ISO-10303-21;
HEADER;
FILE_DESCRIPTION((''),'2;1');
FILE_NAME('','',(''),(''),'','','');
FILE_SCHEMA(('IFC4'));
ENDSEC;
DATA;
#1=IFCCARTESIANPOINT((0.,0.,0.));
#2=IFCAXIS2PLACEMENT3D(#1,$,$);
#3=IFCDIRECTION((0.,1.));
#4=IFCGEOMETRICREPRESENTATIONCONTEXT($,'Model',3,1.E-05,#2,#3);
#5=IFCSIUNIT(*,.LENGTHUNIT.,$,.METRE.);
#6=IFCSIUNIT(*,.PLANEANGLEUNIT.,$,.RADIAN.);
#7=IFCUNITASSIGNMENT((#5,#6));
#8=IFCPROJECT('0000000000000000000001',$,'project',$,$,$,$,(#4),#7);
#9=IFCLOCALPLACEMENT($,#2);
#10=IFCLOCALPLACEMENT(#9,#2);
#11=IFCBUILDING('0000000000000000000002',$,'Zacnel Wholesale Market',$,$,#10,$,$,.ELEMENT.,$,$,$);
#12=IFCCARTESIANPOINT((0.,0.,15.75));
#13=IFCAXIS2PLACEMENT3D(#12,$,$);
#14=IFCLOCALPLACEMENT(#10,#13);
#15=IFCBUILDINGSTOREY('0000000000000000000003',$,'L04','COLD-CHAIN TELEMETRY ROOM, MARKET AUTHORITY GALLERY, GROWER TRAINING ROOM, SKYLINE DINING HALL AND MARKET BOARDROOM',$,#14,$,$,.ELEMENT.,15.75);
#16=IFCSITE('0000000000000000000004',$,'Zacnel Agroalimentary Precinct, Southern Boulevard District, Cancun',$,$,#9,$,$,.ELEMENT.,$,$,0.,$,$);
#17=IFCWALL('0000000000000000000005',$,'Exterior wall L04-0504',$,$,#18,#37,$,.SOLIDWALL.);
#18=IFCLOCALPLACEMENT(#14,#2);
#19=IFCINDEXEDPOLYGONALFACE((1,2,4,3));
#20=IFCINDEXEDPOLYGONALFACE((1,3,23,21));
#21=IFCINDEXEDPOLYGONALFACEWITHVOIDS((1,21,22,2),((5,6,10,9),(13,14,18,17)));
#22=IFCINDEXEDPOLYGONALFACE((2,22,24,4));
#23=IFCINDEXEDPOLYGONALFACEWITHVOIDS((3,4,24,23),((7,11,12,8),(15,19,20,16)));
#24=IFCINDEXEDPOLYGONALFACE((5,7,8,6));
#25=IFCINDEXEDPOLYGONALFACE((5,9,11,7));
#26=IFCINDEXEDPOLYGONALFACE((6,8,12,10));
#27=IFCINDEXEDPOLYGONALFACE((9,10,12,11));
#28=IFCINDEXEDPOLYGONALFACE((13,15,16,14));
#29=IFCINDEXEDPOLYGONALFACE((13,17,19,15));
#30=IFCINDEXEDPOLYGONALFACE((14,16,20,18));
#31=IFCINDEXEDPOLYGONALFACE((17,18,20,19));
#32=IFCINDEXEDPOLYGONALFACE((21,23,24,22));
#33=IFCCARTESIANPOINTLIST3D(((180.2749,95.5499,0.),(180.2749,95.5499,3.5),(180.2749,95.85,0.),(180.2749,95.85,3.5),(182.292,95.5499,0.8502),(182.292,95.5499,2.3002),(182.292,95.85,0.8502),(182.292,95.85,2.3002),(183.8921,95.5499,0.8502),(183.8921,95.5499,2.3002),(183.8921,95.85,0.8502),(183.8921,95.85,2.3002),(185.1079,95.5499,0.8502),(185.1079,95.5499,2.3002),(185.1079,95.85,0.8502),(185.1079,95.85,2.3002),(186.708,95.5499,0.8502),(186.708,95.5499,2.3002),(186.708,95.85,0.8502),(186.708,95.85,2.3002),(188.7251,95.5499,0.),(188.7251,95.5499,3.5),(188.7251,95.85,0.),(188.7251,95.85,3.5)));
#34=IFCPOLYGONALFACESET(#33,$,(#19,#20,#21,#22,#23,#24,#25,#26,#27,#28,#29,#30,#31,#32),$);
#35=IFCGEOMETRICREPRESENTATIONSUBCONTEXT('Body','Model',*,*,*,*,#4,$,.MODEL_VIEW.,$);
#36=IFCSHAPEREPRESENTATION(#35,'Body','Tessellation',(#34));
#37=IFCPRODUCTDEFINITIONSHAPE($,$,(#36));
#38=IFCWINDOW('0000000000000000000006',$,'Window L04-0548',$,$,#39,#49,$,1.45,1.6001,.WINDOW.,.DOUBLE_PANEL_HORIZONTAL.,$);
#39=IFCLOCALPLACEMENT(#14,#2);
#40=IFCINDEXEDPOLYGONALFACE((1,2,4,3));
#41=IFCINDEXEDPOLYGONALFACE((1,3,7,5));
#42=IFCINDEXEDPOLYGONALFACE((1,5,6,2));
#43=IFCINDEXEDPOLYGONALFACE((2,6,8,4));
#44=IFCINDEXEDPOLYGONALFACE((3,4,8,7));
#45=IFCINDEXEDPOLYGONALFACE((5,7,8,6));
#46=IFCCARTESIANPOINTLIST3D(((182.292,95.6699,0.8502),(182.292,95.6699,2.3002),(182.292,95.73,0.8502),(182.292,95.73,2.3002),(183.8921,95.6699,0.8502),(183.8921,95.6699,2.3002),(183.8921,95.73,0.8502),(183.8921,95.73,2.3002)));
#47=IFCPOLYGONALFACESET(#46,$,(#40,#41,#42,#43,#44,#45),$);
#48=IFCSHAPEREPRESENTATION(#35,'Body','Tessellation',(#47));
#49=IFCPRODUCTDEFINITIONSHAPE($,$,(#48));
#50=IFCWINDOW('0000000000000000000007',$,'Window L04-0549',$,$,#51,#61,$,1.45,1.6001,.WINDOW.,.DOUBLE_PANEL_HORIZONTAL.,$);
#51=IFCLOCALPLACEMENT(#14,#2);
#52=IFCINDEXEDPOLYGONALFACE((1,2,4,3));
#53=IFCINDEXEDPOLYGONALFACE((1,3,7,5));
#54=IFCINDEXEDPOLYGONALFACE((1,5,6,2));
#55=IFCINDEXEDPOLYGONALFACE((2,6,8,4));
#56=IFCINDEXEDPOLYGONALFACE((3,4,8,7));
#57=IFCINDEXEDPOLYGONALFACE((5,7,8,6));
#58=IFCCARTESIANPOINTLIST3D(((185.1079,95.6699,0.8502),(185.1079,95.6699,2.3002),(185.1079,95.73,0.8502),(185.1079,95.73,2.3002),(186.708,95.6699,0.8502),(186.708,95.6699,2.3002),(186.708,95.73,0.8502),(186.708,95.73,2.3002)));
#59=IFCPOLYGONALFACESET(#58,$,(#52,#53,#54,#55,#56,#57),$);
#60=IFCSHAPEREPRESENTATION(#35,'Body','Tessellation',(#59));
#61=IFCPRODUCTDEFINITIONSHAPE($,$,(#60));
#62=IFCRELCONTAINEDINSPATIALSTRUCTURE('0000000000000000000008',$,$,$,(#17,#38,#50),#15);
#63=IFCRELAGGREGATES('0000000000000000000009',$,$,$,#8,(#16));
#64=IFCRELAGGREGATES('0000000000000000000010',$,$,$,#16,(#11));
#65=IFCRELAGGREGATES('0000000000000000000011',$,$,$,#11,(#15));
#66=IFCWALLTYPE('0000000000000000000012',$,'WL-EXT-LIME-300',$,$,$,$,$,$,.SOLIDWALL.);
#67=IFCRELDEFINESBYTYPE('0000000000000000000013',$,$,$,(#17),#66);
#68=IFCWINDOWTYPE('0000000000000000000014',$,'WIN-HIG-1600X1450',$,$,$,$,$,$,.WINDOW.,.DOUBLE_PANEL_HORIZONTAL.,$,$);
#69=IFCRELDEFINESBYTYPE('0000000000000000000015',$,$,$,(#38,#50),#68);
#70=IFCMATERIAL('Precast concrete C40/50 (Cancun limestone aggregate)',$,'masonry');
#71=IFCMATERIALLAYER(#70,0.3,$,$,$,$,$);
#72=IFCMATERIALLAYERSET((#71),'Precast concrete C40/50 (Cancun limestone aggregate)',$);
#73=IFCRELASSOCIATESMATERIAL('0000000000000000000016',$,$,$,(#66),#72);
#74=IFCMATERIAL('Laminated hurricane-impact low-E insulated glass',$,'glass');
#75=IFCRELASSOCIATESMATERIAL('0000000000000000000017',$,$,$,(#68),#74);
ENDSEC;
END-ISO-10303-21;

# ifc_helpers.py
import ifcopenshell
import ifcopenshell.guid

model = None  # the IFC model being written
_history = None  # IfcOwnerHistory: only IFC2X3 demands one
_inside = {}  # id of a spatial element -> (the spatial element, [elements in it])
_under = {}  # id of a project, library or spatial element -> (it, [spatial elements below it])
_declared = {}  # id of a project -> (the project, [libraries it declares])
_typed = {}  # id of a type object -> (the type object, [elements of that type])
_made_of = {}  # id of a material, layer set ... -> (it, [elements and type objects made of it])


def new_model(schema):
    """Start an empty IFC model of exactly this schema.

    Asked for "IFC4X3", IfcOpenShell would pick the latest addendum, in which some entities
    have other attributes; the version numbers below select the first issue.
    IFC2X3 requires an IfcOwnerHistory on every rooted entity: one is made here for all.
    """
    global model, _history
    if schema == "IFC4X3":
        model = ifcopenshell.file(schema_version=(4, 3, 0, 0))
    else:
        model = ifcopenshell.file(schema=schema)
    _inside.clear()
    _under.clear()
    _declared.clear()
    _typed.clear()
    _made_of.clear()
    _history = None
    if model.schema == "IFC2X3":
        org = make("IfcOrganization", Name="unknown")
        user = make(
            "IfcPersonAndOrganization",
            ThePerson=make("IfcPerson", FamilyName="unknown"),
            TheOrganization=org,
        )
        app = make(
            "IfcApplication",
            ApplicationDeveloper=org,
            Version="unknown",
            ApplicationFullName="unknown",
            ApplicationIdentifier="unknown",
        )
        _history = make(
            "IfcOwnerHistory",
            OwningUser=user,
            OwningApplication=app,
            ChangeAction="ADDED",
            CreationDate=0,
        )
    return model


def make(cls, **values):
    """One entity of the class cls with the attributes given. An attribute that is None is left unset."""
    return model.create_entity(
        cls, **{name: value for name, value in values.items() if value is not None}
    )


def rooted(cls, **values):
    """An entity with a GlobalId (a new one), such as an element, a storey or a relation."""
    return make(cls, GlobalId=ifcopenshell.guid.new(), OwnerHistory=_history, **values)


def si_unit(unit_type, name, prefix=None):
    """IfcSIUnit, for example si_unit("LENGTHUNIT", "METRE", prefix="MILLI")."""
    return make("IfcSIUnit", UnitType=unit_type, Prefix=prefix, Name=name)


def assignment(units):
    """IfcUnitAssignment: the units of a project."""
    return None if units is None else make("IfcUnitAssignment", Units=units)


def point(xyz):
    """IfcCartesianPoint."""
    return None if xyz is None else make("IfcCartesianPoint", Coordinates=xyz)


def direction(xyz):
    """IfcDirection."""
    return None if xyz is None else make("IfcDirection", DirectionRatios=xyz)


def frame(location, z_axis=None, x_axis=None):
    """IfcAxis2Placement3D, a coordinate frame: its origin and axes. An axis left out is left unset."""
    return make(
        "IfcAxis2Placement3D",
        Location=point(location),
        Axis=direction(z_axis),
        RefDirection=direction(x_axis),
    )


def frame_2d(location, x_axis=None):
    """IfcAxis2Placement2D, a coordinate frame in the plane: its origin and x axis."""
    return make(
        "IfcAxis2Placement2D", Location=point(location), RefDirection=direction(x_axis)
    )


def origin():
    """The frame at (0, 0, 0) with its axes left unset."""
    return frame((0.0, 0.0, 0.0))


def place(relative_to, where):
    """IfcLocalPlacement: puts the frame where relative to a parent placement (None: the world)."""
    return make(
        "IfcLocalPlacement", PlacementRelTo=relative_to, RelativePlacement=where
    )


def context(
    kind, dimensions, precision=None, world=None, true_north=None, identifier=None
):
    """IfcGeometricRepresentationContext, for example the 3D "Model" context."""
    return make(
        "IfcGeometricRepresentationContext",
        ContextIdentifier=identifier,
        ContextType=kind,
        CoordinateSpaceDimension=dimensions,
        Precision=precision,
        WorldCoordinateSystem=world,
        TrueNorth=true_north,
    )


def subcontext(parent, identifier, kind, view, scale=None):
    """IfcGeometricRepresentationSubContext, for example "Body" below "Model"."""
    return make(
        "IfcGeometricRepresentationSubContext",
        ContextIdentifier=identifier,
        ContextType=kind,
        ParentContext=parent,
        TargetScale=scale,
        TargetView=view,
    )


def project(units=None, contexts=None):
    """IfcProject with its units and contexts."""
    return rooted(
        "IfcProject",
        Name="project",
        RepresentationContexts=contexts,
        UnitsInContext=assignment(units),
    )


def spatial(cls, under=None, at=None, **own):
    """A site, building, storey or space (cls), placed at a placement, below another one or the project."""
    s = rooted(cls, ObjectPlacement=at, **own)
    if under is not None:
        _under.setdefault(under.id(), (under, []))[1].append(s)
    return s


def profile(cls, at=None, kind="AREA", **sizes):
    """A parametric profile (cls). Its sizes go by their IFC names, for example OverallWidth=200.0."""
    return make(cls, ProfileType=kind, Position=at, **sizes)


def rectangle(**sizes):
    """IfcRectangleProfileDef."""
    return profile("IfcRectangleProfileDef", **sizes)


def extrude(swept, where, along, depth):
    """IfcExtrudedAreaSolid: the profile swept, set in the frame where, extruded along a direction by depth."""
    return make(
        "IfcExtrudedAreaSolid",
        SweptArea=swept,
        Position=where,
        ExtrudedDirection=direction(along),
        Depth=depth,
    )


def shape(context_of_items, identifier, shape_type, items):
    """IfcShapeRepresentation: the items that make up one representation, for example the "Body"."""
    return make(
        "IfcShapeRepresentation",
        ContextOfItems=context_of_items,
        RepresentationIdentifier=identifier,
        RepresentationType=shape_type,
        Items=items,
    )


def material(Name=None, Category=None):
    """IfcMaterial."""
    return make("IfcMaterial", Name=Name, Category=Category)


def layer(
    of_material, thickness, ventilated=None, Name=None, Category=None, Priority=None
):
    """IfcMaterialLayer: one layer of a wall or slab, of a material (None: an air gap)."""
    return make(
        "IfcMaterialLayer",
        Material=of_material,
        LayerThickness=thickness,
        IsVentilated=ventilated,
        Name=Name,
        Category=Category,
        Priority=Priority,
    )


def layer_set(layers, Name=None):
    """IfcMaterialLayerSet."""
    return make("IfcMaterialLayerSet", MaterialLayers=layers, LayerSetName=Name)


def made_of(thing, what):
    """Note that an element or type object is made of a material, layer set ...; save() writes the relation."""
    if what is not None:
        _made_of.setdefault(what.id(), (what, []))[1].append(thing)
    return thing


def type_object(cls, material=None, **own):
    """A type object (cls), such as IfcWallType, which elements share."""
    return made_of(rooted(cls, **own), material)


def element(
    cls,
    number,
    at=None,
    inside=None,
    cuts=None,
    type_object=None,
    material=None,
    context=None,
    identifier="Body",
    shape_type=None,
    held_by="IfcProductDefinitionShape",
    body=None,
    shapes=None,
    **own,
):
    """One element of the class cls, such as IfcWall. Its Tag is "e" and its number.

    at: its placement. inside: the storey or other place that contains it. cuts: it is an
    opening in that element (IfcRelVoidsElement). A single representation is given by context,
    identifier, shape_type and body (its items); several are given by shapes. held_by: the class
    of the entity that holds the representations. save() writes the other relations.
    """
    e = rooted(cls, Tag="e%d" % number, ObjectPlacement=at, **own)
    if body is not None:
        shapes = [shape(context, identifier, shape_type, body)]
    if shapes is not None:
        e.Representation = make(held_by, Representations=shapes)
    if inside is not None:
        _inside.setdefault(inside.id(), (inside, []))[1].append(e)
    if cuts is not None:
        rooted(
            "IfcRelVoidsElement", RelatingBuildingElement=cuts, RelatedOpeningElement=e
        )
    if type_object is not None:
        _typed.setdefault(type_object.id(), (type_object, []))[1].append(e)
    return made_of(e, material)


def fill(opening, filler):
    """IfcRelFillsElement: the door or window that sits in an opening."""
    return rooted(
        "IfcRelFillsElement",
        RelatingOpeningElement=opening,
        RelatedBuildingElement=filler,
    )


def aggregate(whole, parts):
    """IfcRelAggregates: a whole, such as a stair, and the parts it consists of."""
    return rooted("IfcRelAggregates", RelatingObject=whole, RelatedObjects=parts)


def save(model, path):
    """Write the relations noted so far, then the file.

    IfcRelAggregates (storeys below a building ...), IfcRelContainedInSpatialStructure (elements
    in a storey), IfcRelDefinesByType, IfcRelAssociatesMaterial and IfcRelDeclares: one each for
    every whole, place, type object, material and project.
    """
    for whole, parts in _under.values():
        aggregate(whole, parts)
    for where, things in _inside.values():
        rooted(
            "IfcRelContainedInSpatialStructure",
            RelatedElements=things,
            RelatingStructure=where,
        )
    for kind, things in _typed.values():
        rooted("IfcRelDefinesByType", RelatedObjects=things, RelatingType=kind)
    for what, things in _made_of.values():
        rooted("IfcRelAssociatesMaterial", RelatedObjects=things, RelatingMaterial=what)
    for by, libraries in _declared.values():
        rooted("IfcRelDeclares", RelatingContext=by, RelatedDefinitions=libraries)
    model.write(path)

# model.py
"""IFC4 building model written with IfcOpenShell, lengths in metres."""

from ifc_helpers import new_model, si_unit, direction, frame, frame_2d, origin, place, context, subcontext, project, spatial, rectangle, extrude, material, layer, layer_set, type_object, element, fill, save


model = new_model("IFC4")

# Units and contexts
model_context = context("Model", 3, precision=1e-05, world=origin(), true_north=direction((0.0, 1.0)))
body_context = subcontext(model_context, "Body", "Model", "MODEL_VIEW")
ifc_project = project(units=[si_unit("LENGTHUNIT", "METRE"), si_unit("PLANEANGLEUNIT", "RADIAN")], contexts=[model_context])

# Site, building, storey
site_placement = place(None, origin())
site = spatial("IfcSite", under=ifc_project, at=site_placement, Name="Zacnel Agroalimentary Precinct, Southern Boulevard District, Cancun", CompositionType="ELEMENT", RefElevation=0.0)
building_placement = place(site_placement, origin())
building = spatial("IfcBuilding", under=site, at=building_placement, Name="Zacnel Wholesale Market", CompositionType="ELEMENT")
storey_placement = place(building_placement, frame((0.0, 0.0, 15.75)))
storey = spatial("IfcBuildingStorey", under=building, at=storey_placement, Name="L04", Description="COLD-CHAIN TELEMETRY ROOM, MARKET AUTHORITY GALLERY, GROWER TRAINING ROOM, SKYLINE DINING HALL AND MARKET BOARDROOM", CompositionType="ELEMENT", Elevation=15.75)

# Wall, openings, windows
ifc_material_1 = material(Name="Precast concrete C40/50 (Cancun limestone aggregate)", Category="masonry")
ifc_layer = layer(ifc_material_1, 0.3)
ifc_layer_set = layer_set([ifc_layer], Name="Precast concrete C40/50 (Cancun limestone aggregate)")
wall_type = type_object("IfcWallType", Name="WL-EXT-LIME-300", PredefinedType="SOLIDWALL", material=ifc_layer_set)
wall_placement = place(storey_placement, frame((180.2749, 95.7, 0.0), z_axis=(0.0, 0.0, 1.0), x_axis=(1.0, 0.0, 0.0)))
wall = element("IfcWall", 1, at=wall_placement, inside=storey, type_object=wall_type, Name="Exterior wall L04-0504", PredefinedType="SOLIDWALL", context=body_context, shape_type="SweptSolid", body=[
    extrude(rectangle(XDim=8.4502, YDim=0.3, at=frame_2d((4.2251, 0.0))), origin(), (0.0, 0.0, 1.0), 3.5),
])
opening_1_placement = place(wall_placement, frame((2.0171, 0.0, 0.8501)))
opening_1 = element("IfcOpeningElement", 2, at=opening_1_placement, cuts=wall, PredefinedType="OPENING", context=body_context, shape_type="SweptSolid", body=[
    extrude(rectangle(XDim=1.6001, YDim=1.45, at=frame_2d((0.8, 0.7251))), frame((0.0, 0.1599, 0.0), z_axis=(0.0, -1.0, 0.0), x_axis=(1.0, 0.0, 0.0)), (0.0, 0.0, 1.0), 0.3201),
])
opening_2_placement = place(wall_placement, frame((4.833, 0.0, 0.8501)))
opening_2 = element("IfcOpeningElement", 3, at=opening_2_placement, cuts=wall, PredefinedType="OPENING", context=body_context, shape_type="SweptSolid", body=[
    extrude(rectangle(XDim=1.6001, YDim=1.45, at=frame_2d((0.8, 0.7251))), frame((0.0, 0.1599, 0.0), z_axis=(0.0, -1.0, 0.0), x_axis=(1.0, 0.0, 0.0)), (0.0, 0.0, 1.0), 0.3201),
])
ifc_material_2 = material(Name="Laminated hurricane-impact low-E insulated glass", Category="glass")
window_type = type_object("IfcWindowType", Name="WIN-HIG-1600X1450", PartitioningType="DOUBLE_PANEL_HORIZONTAL", PredefinedType="WINDOW", material=ifc_material_2)
window_1_placement = place(opening_1_placement, origin())
window_1 = element("IfcWindow", 4, at=window_1_placement, inside=storey, type_object=window_type, Name="Window L04-0548", OverallHeight=1.45, OverallWidth=1.6001, PartitioningType="DOUBLE_PANEL_HORIZONTAL", PredefinedType="WINDOW", context=body_context, shape_type="SweptSolid", body=[
    extrude(rectangle(XDim=1.6001, YDim=1.45, at=frame_2d((0.8, 0.7251))), frame((0.0, 0.03, 0.0), z_axis=(0.0, -1.0, 0.0), x_axis=(1.0, 0.0, 0.0)), (0.0, 0.0, 1.0), 0.0601),
])
fill(opening_1, window_1)
window_2_placement = place(opening_2_placement, origin())
window_2 = element("IfcWindow", 5, at=window_2_placement, inside=storey, type_object=window_type, Name="Window L04-0549", OverallHeight=1.45, OverallWidth=1.6001, PartitioningType="DOUBLE_PANEL_HORIZONTAL", PredefinedType="WINDOW", context=body_context, shape_type="SweptSolid", body=[
    extrude(rectangle(XDim=1.6001, YDim=1.45, at=frame_2d((0.8, 0.7251))), frame((0.0, 0.03, 0.0), z_axis=(0.0, -1.0, 0.0), x_axis=(1.0, 0.0, 0.0)), (0.0, 0.0, 1.0), 0.0601),
])
fill(opening_2, window_2)

save(model, "model.ifc")
